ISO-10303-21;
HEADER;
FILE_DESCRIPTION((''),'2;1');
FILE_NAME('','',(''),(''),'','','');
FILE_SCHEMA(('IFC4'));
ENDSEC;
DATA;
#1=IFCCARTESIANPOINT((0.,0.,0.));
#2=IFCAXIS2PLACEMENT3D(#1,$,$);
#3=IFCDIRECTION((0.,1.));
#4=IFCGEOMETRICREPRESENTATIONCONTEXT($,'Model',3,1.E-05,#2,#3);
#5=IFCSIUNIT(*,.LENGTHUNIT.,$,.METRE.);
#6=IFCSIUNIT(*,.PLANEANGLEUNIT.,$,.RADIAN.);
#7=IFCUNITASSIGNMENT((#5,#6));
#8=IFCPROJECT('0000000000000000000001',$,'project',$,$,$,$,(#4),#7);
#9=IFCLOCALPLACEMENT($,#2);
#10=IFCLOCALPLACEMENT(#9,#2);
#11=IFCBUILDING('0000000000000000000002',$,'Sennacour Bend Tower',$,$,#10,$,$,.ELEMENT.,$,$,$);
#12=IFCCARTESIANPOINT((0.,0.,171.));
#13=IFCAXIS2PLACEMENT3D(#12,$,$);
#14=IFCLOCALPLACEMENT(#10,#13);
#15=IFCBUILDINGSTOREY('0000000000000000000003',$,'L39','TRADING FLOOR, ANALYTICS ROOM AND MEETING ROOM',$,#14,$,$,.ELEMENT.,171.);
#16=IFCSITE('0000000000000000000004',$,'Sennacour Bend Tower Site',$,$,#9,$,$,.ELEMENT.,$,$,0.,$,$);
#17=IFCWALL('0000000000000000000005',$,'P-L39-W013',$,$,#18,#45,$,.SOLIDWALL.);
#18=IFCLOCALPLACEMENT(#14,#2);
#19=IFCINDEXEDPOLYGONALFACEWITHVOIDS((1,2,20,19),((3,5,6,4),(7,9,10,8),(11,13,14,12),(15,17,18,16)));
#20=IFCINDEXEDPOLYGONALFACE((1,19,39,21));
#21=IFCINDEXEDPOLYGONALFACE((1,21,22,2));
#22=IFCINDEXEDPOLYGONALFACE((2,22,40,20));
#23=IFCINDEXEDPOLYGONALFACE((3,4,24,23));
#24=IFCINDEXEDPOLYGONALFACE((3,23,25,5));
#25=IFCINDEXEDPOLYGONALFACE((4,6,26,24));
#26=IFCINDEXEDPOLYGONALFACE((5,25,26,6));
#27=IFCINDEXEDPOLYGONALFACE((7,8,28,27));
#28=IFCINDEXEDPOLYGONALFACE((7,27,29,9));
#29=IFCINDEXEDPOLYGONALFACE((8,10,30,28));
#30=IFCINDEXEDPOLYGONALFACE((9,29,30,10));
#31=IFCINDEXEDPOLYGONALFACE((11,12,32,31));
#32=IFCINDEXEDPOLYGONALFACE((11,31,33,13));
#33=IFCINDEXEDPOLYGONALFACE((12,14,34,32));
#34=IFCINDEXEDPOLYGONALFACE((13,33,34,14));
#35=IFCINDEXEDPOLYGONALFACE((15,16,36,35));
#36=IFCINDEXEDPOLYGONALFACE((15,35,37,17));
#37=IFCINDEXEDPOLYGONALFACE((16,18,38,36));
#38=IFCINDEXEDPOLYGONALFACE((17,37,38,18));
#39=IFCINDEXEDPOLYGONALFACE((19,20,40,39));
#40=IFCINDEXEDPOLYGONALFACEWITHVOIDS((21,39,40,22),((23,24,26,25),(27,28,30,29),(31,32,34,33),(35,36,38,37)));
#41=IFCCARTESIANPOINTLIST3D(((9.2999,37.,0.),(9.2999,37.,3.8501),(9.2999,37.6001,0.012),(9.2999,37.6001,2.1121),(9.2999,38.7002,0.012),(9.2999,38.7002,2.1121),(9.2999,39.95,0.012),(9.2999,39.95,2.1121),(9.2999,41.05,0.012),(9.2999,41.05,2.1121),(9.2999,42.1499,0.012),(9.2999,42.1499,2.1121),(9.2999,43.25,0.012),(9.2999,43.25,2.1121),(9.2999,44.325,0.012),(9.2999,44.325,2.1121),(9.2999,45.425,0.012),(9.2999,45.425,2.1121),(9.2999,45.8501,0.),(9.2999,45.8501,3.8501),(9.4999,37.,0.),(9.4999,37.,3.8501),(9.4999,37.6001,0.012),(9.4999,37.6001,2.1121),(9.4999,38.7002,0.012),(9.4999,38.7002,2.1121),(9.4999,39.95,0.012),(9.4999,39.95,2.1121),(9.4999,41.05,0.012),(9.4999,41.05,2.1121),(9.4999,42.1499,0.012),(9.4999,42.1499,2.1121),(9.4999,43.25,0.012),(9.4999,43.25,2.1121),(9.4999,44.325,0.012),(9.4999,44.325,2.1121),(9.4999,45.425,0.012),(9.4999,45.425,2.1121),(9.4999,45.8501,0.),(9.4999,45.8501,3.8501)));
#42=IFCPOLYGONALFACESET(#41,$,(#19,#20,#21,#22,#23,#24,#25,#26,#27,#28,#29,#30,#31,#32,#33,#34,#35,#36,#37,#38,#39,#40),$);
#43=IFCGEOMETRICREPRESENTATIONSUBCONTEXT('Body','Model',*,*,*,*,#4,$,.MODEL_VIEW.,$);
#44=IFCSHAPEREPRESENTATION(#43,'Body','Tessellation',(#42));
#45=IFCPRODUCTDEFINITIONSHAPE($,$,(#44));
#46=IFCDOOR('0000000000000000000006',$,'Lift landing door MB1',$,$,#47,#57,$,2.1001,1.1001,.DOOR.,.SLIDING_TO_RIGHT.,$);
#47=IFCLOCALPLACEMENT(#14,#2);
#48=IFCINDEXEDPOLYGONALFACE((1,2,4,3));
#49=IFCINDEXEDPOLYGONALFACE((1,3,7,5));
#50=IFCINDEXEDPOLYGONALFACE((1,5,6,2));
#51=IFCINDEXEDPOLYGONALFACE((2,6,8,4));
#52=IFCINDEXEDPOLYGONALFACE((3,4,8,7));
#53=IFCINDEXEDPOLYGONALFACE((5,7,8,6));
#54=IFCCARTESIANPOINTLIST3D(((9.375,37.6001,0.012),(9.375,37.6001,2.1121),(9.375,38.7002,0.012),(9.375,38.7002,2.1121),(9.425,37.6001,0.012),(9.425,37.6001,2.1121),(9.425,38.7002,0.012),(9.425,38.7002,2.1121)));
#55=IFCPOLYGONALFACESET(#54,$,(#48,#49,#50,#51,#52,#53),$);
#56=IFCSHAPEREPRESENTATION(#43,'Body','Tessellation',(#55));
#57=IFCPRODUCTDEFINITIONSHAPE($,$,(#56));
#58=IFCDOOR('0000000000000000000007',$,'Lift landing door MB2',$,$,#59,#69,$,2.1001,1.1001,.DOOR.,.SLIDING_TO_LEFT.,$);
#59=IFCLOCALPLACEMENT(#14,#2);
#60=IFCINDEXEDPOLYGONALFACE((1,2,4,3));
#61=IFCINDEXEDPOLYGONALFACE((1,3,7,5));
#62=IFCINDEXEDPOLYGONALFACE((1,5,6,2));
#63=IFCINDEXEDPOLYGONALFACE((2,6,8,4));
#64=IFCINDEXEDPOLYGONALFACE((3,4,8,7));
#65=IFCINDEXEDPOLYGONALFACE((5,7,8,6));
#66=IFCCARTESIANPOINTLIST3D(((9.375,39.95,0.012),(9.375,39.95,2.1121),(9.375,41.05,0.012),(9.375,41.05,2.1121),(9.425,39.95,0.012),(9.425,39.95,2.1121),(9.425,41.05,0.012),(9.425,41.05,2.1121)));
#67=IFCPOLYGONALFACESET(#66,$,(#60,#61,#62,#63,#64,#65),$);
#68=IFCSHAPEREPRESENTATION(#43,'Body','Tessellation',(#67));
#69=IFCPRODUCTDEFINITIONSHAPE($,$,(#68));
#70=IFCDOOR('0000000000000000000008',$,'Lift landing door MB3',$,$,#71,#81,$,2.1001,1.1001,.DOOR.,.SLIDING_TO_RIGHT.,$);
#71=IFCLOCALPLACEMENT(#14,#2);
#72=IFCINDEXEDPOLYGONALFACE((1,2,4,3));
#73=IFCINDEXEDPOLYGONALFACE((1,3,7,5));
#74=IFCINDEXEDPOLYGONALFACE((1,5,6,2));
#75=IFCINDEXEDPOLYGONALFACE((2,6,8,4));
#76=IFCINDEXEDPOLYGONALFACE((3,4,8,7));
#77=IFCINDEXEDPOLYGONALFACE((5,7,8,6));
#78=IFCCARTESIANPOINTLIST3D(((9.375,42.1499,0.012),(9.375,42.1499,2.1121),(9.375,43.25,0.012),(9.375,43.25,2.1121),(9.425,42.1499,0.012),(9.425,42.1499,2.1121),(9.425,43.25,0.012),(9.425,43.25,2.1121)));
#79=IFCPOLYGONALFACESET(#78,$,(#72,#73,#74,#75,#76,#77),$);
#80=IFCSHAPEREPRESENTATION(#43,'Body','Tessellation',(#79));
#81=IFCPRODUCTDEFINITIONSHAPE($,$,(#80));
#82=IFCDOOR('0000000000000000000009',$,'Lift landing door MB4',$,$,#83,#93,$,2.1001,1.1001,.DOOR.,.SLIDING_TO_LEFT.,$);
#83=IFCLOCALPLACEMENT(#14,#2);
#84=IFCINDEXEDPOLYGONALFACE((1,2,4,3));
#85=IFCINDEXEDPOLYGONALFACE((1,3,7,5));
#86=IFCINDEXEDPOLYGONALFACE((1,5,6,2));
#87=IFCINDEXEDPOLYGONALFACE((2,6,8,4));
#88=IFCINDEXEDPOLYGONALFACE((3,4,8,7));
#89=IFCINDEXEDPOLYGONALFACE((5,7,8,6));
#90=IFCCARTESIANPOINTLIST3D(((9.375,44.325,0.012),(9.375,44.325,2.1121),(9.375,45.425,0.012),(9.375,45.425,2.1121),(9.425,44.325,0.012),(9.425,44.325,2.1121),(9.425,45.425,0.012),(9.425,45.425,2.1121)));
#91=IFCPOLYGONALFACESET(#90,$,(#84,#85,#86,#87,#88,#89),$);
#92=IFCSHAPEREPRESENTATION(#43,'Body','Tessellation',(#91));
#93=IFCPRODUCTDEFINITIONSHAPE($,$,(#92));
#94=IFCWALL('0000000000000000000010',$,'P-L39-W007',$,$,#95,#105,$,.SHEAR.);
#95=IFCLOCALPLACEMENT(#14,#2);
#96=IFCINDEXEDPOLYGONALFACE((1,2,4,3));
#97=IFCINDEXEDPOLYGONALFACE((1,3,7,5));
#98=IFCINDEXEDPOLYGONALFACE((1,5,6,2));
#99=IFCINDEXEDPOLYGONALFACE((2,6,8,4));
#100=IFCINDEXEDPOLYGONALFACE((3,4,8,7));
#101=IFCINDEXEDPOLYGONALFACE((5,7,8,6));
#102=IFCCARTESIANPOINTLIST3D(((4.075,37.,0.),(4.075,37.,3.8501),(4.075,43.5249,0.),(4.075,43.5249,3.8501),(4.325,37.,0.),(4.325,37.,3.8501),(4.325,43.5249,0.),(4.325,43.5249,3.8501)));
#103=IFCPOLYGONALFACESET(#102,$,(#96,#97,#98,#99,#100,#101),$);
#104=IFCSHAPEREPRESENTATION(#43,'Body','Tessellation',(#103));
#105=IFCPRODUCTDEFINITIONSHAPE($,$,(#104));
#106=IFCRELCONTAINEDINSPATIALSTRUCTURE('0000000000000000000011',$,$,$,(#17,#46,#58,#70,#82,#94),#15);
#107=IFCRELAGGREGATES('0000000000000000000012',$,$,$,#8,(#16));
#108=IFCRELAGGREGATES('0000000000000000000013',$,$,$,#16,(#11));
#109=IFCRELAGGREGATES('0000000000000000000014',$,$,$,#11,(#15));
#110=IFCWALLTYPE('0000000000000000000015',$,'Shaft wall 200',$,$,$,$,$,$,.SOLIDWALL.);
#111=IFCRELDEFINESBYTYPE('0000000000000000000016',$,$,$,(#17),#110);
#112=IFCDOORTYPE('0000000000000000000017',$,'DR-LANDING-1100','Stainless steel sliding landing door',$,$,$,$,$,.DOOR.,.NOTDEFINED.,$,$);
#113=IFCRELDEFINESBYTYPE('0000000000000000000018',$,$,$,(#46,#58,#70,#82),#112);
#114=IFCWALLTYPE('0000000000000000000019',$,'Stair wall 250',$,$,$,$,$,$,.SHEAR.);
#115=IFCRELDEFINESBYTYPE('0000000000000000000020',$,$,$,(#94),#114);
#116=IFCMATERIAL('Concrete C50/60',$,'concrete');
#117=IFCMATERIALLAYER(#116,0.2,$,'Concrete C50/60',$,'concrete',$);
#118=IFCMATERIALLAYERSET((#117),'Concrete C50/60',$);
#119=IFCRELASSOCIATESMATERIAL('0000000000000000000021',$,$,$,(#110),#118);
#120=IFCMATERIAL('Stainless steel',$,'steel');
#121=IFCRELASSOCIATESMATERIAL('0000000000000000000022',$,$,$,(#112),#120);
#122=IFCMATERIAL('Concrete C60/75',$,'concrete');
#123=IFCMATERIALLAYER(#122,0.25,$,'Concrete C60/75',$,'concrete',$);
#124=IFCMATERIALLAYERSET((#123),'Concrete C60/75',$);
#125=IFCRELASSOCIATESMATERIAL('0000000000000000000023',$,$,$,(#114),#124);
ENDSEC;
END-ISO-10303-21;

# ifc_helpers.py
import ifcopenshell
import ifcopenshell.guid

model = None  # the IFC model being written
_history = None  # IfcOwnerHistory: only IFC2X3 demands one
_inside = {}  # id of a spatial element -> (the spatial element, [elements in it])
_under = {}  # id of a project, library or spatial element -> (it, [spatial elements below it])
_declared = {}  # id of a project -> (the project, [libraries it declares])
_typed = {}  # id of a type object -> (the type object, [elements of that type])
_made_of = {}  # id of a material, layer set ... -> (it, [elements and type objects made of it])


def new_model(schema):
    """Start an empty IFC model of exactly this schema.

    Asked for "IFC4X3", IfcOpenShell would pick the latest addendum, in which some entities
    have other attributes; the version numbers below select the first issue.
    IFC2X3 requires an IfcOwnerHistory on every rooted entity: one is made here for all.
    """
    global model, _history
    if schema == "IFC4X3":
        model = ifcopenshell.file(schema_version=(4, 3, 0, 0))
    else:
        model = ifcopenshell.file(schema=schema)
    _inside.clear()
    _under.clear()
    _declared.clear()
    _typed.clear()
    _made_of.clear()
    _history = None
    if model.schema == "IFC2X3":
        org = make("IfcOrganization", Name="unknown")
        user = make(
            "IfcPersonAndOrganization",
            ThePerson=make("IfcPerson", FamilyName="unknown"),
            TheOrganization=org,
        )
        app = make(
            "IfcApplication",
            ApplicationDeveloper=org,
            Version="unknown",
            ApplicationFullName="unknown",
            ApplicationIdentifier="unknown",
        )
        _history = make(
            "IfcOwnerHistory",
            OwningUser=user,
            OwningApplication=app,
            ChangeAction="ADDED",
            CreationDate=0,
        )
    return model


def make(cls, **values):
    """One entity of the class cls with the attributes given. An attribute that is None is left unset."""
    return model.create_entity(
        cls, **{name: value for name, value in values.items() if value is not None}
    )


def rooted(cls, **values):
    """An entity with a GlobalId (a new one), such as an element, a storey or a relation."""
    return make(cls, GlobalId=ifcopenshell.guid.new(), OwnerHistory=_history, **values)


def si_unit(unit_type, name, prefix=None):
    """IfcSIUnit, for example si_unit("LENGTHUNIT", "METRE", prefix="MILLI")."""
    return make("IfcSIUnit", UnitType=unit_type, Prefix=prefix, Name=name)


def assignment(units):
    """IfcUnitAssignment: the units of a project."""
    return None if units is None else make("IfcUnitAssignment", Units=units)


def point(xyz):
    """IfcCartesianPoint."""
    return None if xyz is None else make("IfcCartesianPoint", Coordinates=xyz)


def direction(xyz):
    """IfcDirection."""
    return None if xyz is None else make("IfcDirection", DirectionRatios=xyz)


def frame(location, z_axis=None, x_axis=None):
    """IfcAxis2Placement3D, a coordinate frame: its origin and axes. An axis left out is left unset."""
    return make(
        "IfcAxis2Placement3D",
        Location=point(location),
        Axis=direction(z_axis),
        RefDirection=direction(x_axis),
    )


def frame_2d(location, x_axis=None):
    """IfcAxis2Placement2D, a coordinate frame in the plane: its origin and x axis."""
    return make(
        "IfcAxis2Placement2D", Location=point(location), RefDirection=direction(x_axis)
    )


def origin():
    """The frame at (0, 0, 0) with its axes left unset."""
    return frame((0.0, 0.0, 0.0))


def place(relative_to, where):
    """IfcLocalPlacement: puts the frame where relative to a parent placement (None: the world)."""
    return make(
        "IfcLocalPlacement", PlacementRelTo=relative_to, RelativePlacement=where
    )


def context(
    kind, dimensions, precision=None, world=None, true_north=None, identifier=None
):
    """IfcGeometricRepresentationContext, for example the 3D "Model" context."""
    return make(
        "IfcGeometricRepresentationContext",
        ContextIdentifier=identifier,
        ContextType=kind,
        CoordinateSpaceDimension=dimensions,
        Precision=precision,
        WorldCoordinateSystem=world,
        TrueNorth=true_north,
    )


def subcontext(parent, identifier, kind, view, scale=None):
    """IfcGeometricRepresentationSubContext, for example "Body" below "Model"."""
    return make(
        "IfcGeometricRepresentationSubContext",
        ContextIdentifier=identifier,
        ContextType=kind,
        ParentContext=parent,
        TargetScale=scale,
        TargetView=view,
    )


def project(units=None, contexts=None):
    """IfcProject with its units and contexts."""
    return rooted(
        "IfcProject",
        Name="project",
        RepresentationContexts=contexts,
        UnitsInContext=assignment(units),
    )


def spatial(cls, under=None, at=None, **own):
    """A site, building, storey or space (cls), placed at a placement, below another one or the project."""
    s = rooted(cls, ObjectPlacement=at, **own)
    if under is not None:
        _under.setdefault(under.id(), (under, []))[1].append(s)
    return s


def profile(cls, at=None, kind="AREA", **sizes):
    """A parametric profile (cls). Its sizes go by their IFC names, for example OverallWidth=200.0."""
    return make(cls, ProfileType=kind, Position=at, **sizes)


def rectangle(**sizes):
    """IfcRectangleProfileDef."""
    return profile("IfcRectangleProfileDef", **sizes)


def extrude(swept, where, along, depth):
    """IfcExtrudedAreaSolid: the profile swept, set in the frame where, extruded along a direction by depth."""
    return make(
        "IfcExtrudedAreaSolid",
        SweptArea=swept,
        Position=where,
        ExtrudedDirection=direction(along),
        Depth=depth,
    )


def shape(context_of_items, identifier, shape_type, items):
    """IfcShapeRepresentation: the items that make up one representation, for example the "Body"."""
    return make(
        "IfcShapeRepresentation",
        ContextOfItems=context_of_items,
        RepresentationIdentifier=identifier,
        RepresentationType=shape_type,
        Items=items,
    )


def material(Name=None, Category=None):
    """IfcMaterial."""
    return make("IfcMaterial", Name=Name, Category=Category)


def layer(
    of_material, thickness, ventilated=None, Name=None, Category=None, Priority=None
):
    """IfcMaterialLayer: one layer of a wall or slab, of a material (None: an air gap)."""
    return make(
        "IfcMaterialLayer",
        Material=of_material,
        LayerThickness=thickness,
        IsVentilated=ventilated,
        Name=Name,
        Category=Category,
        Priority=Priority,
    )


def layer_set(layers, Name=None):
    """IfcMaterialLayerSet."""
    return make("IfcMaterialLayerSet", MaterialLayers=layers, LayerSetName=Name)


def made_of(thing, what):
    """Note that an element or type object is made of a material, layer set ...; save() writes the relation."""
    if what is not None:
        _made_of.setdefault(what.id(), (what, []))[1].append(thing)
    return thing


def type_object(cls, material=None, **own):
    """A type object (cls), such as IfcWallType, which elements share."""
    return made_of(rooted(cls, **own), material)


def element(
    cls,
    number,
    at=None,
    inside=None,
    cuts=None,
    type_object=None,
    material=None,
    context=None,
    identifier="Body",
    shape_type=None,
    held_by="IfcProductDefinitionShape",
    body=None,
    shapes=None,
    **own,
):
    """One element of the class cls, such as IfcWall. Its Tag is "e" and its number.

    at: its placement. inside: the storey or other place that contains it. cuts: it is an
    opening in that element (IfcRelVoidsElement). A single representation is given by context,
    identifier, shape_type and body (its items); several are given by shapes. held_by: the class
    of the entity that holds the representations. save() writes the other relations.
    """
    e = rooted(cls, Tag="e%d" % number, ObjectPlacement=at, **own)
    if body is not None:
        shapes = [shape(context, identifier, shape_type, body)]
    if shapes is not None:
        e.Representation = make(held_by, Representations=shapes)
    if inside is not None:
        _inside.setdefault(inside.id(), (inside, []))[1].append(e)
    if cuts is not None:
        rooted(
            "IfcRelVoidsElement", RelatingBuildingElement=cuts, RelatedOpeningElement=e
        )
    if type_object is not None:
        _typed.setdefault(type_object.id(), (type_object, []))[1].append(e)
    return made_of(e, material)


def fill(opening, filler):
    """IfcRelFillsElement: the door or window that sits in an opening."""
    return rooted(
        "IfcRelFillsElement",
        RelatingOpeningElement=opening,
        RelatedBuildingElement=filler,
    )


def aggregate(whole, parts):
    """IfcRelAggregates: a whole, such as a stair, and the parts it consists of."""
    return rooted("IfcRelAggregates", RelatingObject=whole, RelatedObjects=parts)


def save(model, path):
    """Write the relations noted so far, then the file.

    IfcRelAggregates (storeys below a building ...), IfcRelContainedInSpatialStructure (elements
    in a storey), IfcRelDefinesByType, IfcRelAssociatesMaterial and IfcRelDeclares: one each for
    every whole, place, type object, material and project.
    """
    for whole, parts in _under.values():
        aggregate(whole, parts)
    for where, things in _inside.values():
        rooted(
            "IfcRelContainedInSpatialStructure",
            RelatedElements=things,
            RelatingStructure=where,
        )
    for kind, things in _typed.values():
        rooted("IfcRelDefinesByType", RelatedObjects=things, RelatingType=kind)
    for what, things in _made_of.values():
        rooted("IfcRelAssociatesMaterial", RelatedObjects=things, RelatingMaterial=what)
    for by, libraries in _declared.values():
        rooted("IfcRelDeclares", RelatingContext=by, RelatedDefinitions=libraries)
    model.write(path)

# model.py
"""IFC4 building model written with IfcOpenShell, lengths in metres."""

from ifc_helpers import new_model, si_unit, direction, frame, frame_2d, origin, place, context, subcontext, project, spatial, rectangle, extrude, material, layer, layer_set, type_object, element, fill, save


model = new_model("IFC4")

# Units and contexts
model_context = context("Model", 3, precision=1e-05, world=origin(), true_north=direction((0.0, 1.0)))
body_context = subcontext(model_context, "Body", "Model", "MODEL_VIEW")
ifc_project = project(units=[si_unit("LENGTHUNIT", "METRE"), si_unit("PLANEANGLEUNIT", "RADIAN")], contexts=[model_context])

# Site, building, storey
site_placement = place(None, origin())
site = spatial("IfcSite", under=ifc_project, at=site_placement, Name="Sennacour Bend Tower Site", CompositionType="ELEMENT", RefElevation=0.0)
building_placement = place(site_placement, origin())
building = spatial("IfcBuilding", under=site, at=building_placement, Name="Sennacour Bend Tower", CompositionType="ELEMENT")
storey_placement = place(building_placement, frame((0.0, 0.0, 171.0)))
storey = spatial("IfcBuildingStorey", under=building, at=storey_placement, Name="L39", Description="TRADING FLOOR, ANALYTICS ROOM AND MEETING ROOM", CompositionType="ELEMENT", Elevation=171.0)

# Wall, openings, doors
ifc_material_1 = material(Name="Concrete C50/60", Category="concrete")
ifc_layer_1 = layer(ifc_material_1, 0.2, Name="Concrete C50/60", Category="concrete")
ifc_layer_set_1 = layer_set([ifc_layer_1], Name="Concrete C50/60")
wall_type_1 = type_object("IfcWallType", Name="Shaft wall 200", PredefinedType="SOLIDWALL", material=ifc_layer_set_1)
wall_1_placement = place(storey_placement, frame((9.3999, 37.0, 0.0), z_axis=(0.0, 0.0, 1.0), x_axis=(0.0, 1.0, 0.0)))
wall_1 = element("IfcWall", 1, at=wall_1_placement, inside=storey, type_object=wall_type_1, Name="P-L39-W013", PredefinedType="SOLIDWALL", context=body_context, shape_type="SweptSolid", body=[
    extrude(rectangle(XDim=8.8501, YDim=0.2, at=frame_2d((4.425, 0.0))), origin(), (0.0, 0.0, 1.0), 3.8501),
])
opening_1_placement = place(wall_1_placement, frame((0.6001, 0.0, 0.012)))
opening_1 = element("IfcOpeningElement", 2, at=opening_1_placement, cuts=wall_1, PredefinedType="OPENING", context=body_context, shape_type="SweptSolid", body=[
    extrude(rectangle(XDim=1.1001, YDim=2.1001, at=frame_2d((0.55, 1.05))), frame((0.0, 0.1099, 0.0), z_axis=(0.0, -1.0, 0.0), x_axis=(1.0, 0.0, 0.0)), (0.0, 0.0, 1.0), 0.22),
])
opening_2_placement = place(wall_1_placement, frame((2.95, 0.0, 0.012)))
opening_2 = element("IfcOpeningElement", 3, at=opening_2_placement, cuts=wall_1, PredefinedType="OPENING", context=body_context, shape_type="SweptSolid", body=[
    extrude(rectangle(XDim=1.1001, YDim=2.1001, at=frame_2d((0.55, 1.05))), frame((0.0, 0.1099, 0.0), z_axis=(0.0, -1.0, 0.0), x_axis=(1.0, 0.0, 0.0)), (0.0, 0.0, 1.0), 0.22),
])
opening_3_placement = place(wall_1_placement, frame((5.1499, 0.0, 0.012)))
opening_3 = element("IfcOpeningElement", 4, at=opening_3_placement, cuts=wall_1, PredefinedType="OPENING", context=body_context, shape_type="SweptSolid", body=[
    extrude(rectangle(XDim=1.1001, YDim=2.1001, at=frame_2d((0.55, 1.05))), frame((0.0, 0.1099, 0.0), z_axis=(0.0, -1.0, 0.0), x_axis=(1.0, 0.0, 0.0)), (0.0, 0.0, 1.0), 0.22),
])
opening_4_placement = place(wall_1_placement, frame((7.325, 0.0, 0.012)))
opening_4 = element("IfcOpeningElement", 5, at=opening_4_placement, cuts=wall_1, PredefinedType="OPENING", context=body_context, shape_type="SweptSolid", body=[
    extrude(rectangle(XDim=1.1001, YDim=2.1001, at=frame_2d((0.55, 1.05))), frame((0.0, 0.1099, 0.0), z_axis=(0.0, -1.0, 0.0), x_axis=(1.0, 0.0, 0.0)), (0.0, 0.0, 1.0), 0.22),
])
ifc_material_2 = material(Name="Stainless steel", Category="steel")
door_type_1 = type_object("IfcDoorType", Name="DR-LANDING-1100", Description="Stainless steel sliding landing door", OperationType="NOTDEFINED", PredefinedType="DOOR", material=ifc_material_2)
door_1_placement = place(opening_1_placement, origin())
door_1 = element("IfcDoor", 6, at=door_1_placement, inside=storey, type_object=door_type_1, Name="Lift landing door MB1", OperationType="SLIDING_TO_RIGHT", OverallHeight=2.1001, OverallWidth=1.1001, PredefinedType="DOOR", context=body_context, shape_type="SweptSolid", body=[
    extrude(rectangle(XDim=1.1001, YDim=2.1001, at=frame_2d((0.55, 1.05))), frame((0.0, 0.0249, 0.0), z_axis=(0.0, -1.0, 0.0), x_axis=(1.0, 0.0, 0.0)), (0.0, 0.0, 1.0), 0.05),
])
fill(opening_1, door_1)
door_2_placement = place(opening_2_placement, origin())
door_2 = element("IfcDoor", 7, at=door_2_placement, inside=storey, type_object=door_type_1, Name="Lift landing door MB2", OperationType="SLIDING_TO_LEFT", OverallHeight=2.1001, OverallWidth=1.1001, PredefinedType="DOOR", context=body_context, shape_type="SweptSolid", body=[
    extrude(rectangle(XDim=1.1001, YDim=2.1001, at=frame_2d((0.55, 1.05))), frame((0.0, 0.0249, 0.0), z_axis=(0.0, -1.0, 0.0), x_axis=(1.0, 0.0, 0.0)), (0.0, 0.0, 1.0), 0.05),
])
fill(opening_2, door_2)
door_3_placement = place(opening_3_placement, origin())
door_3 = element("IfcDoor", 8, at=door_3_placement, inside=storey, type_object=door_type_1, Name="Lift landing door MB3", OperationType="SLIDING_TO_RIGHT", OverallHeight=2.1001, OverallWidth=1.1001, PredefinedType="DOOR", context=body_context, shape_type="SweptSolid", body=[
    extrude(rectangle(XDim=1.1001, YDim=2.1001, at=frame_2d((0.55, 1.05))), frame((0.0, 0.0249, 0.0), z_axis=(0.0, -1.0, 0.0), x_axis=(1.0, 0.0, 0.0)), (0.0, 0.0, 1.0), 0.05),
])
fill(opening_3, door_3)
door_4_placement = place(opening_4_placement, origin())
door_4 = element("IfcDoor", 9, at=door_4_placement, inside=storey, type_object=door_type_1, Name="Lift landing door MB4", OperationType="SLIDING_TO_LEFT", OverallHeight=2.1001, OverallWidth=1.1001, PredefinedType="DOOR", context=body_context, shape_type="SweptSolid", body=[
    extrude(rectangle(XDim=1.1001, YDim=2.1001, at=frame_2d((0.55, 1.05))), frame((0.0, 0.0249, 0.0), z_axis=(0.0, -1.0, 0.0), x_axis=(1.0, 0.0, 0.0)), (0.0, 0.0, 1.0), 0.05),
])
fill(opening_4, door_4)

# Wall
ifc_material_3 = material(Name="Concrete C60/75", Category="concrete")
ifc_layer_2 = layer(ifc_material_3, 0.25, Name="Concrete C60/75", Category="concrete")
ifc_layer_set_2 = layer_set([ifc_layer_2], Name="Concrete C60/75")
wall_type_2 = type_object("IfcWallType", Name="Stair wall 250", PredefinedType="SHEAR", material=ifc_layer_set_2)
wall_2_placement = place(storey_placement, frame((4.2, 37.0, 0.0), z_axis=(0.0, 0.0, 1.0), x_axis=(0.0, 1.0, 0.0)))
element("IfcWall", 10, at=wall_2_placement, inside=storey, type_object=wall_type_2, Name="P-L39-W007", PredefinedType="SHEAR", context=body_context, shape_type="SweptSolid", body=[
    extrude(rectangle(XDim=6.5249, YDim=0.25, at=frame_2d((3.2625, 0.0))), origin(), (0.0, 0.0, 1.0), 3.8501),
])

save(model, "model.ifc")
